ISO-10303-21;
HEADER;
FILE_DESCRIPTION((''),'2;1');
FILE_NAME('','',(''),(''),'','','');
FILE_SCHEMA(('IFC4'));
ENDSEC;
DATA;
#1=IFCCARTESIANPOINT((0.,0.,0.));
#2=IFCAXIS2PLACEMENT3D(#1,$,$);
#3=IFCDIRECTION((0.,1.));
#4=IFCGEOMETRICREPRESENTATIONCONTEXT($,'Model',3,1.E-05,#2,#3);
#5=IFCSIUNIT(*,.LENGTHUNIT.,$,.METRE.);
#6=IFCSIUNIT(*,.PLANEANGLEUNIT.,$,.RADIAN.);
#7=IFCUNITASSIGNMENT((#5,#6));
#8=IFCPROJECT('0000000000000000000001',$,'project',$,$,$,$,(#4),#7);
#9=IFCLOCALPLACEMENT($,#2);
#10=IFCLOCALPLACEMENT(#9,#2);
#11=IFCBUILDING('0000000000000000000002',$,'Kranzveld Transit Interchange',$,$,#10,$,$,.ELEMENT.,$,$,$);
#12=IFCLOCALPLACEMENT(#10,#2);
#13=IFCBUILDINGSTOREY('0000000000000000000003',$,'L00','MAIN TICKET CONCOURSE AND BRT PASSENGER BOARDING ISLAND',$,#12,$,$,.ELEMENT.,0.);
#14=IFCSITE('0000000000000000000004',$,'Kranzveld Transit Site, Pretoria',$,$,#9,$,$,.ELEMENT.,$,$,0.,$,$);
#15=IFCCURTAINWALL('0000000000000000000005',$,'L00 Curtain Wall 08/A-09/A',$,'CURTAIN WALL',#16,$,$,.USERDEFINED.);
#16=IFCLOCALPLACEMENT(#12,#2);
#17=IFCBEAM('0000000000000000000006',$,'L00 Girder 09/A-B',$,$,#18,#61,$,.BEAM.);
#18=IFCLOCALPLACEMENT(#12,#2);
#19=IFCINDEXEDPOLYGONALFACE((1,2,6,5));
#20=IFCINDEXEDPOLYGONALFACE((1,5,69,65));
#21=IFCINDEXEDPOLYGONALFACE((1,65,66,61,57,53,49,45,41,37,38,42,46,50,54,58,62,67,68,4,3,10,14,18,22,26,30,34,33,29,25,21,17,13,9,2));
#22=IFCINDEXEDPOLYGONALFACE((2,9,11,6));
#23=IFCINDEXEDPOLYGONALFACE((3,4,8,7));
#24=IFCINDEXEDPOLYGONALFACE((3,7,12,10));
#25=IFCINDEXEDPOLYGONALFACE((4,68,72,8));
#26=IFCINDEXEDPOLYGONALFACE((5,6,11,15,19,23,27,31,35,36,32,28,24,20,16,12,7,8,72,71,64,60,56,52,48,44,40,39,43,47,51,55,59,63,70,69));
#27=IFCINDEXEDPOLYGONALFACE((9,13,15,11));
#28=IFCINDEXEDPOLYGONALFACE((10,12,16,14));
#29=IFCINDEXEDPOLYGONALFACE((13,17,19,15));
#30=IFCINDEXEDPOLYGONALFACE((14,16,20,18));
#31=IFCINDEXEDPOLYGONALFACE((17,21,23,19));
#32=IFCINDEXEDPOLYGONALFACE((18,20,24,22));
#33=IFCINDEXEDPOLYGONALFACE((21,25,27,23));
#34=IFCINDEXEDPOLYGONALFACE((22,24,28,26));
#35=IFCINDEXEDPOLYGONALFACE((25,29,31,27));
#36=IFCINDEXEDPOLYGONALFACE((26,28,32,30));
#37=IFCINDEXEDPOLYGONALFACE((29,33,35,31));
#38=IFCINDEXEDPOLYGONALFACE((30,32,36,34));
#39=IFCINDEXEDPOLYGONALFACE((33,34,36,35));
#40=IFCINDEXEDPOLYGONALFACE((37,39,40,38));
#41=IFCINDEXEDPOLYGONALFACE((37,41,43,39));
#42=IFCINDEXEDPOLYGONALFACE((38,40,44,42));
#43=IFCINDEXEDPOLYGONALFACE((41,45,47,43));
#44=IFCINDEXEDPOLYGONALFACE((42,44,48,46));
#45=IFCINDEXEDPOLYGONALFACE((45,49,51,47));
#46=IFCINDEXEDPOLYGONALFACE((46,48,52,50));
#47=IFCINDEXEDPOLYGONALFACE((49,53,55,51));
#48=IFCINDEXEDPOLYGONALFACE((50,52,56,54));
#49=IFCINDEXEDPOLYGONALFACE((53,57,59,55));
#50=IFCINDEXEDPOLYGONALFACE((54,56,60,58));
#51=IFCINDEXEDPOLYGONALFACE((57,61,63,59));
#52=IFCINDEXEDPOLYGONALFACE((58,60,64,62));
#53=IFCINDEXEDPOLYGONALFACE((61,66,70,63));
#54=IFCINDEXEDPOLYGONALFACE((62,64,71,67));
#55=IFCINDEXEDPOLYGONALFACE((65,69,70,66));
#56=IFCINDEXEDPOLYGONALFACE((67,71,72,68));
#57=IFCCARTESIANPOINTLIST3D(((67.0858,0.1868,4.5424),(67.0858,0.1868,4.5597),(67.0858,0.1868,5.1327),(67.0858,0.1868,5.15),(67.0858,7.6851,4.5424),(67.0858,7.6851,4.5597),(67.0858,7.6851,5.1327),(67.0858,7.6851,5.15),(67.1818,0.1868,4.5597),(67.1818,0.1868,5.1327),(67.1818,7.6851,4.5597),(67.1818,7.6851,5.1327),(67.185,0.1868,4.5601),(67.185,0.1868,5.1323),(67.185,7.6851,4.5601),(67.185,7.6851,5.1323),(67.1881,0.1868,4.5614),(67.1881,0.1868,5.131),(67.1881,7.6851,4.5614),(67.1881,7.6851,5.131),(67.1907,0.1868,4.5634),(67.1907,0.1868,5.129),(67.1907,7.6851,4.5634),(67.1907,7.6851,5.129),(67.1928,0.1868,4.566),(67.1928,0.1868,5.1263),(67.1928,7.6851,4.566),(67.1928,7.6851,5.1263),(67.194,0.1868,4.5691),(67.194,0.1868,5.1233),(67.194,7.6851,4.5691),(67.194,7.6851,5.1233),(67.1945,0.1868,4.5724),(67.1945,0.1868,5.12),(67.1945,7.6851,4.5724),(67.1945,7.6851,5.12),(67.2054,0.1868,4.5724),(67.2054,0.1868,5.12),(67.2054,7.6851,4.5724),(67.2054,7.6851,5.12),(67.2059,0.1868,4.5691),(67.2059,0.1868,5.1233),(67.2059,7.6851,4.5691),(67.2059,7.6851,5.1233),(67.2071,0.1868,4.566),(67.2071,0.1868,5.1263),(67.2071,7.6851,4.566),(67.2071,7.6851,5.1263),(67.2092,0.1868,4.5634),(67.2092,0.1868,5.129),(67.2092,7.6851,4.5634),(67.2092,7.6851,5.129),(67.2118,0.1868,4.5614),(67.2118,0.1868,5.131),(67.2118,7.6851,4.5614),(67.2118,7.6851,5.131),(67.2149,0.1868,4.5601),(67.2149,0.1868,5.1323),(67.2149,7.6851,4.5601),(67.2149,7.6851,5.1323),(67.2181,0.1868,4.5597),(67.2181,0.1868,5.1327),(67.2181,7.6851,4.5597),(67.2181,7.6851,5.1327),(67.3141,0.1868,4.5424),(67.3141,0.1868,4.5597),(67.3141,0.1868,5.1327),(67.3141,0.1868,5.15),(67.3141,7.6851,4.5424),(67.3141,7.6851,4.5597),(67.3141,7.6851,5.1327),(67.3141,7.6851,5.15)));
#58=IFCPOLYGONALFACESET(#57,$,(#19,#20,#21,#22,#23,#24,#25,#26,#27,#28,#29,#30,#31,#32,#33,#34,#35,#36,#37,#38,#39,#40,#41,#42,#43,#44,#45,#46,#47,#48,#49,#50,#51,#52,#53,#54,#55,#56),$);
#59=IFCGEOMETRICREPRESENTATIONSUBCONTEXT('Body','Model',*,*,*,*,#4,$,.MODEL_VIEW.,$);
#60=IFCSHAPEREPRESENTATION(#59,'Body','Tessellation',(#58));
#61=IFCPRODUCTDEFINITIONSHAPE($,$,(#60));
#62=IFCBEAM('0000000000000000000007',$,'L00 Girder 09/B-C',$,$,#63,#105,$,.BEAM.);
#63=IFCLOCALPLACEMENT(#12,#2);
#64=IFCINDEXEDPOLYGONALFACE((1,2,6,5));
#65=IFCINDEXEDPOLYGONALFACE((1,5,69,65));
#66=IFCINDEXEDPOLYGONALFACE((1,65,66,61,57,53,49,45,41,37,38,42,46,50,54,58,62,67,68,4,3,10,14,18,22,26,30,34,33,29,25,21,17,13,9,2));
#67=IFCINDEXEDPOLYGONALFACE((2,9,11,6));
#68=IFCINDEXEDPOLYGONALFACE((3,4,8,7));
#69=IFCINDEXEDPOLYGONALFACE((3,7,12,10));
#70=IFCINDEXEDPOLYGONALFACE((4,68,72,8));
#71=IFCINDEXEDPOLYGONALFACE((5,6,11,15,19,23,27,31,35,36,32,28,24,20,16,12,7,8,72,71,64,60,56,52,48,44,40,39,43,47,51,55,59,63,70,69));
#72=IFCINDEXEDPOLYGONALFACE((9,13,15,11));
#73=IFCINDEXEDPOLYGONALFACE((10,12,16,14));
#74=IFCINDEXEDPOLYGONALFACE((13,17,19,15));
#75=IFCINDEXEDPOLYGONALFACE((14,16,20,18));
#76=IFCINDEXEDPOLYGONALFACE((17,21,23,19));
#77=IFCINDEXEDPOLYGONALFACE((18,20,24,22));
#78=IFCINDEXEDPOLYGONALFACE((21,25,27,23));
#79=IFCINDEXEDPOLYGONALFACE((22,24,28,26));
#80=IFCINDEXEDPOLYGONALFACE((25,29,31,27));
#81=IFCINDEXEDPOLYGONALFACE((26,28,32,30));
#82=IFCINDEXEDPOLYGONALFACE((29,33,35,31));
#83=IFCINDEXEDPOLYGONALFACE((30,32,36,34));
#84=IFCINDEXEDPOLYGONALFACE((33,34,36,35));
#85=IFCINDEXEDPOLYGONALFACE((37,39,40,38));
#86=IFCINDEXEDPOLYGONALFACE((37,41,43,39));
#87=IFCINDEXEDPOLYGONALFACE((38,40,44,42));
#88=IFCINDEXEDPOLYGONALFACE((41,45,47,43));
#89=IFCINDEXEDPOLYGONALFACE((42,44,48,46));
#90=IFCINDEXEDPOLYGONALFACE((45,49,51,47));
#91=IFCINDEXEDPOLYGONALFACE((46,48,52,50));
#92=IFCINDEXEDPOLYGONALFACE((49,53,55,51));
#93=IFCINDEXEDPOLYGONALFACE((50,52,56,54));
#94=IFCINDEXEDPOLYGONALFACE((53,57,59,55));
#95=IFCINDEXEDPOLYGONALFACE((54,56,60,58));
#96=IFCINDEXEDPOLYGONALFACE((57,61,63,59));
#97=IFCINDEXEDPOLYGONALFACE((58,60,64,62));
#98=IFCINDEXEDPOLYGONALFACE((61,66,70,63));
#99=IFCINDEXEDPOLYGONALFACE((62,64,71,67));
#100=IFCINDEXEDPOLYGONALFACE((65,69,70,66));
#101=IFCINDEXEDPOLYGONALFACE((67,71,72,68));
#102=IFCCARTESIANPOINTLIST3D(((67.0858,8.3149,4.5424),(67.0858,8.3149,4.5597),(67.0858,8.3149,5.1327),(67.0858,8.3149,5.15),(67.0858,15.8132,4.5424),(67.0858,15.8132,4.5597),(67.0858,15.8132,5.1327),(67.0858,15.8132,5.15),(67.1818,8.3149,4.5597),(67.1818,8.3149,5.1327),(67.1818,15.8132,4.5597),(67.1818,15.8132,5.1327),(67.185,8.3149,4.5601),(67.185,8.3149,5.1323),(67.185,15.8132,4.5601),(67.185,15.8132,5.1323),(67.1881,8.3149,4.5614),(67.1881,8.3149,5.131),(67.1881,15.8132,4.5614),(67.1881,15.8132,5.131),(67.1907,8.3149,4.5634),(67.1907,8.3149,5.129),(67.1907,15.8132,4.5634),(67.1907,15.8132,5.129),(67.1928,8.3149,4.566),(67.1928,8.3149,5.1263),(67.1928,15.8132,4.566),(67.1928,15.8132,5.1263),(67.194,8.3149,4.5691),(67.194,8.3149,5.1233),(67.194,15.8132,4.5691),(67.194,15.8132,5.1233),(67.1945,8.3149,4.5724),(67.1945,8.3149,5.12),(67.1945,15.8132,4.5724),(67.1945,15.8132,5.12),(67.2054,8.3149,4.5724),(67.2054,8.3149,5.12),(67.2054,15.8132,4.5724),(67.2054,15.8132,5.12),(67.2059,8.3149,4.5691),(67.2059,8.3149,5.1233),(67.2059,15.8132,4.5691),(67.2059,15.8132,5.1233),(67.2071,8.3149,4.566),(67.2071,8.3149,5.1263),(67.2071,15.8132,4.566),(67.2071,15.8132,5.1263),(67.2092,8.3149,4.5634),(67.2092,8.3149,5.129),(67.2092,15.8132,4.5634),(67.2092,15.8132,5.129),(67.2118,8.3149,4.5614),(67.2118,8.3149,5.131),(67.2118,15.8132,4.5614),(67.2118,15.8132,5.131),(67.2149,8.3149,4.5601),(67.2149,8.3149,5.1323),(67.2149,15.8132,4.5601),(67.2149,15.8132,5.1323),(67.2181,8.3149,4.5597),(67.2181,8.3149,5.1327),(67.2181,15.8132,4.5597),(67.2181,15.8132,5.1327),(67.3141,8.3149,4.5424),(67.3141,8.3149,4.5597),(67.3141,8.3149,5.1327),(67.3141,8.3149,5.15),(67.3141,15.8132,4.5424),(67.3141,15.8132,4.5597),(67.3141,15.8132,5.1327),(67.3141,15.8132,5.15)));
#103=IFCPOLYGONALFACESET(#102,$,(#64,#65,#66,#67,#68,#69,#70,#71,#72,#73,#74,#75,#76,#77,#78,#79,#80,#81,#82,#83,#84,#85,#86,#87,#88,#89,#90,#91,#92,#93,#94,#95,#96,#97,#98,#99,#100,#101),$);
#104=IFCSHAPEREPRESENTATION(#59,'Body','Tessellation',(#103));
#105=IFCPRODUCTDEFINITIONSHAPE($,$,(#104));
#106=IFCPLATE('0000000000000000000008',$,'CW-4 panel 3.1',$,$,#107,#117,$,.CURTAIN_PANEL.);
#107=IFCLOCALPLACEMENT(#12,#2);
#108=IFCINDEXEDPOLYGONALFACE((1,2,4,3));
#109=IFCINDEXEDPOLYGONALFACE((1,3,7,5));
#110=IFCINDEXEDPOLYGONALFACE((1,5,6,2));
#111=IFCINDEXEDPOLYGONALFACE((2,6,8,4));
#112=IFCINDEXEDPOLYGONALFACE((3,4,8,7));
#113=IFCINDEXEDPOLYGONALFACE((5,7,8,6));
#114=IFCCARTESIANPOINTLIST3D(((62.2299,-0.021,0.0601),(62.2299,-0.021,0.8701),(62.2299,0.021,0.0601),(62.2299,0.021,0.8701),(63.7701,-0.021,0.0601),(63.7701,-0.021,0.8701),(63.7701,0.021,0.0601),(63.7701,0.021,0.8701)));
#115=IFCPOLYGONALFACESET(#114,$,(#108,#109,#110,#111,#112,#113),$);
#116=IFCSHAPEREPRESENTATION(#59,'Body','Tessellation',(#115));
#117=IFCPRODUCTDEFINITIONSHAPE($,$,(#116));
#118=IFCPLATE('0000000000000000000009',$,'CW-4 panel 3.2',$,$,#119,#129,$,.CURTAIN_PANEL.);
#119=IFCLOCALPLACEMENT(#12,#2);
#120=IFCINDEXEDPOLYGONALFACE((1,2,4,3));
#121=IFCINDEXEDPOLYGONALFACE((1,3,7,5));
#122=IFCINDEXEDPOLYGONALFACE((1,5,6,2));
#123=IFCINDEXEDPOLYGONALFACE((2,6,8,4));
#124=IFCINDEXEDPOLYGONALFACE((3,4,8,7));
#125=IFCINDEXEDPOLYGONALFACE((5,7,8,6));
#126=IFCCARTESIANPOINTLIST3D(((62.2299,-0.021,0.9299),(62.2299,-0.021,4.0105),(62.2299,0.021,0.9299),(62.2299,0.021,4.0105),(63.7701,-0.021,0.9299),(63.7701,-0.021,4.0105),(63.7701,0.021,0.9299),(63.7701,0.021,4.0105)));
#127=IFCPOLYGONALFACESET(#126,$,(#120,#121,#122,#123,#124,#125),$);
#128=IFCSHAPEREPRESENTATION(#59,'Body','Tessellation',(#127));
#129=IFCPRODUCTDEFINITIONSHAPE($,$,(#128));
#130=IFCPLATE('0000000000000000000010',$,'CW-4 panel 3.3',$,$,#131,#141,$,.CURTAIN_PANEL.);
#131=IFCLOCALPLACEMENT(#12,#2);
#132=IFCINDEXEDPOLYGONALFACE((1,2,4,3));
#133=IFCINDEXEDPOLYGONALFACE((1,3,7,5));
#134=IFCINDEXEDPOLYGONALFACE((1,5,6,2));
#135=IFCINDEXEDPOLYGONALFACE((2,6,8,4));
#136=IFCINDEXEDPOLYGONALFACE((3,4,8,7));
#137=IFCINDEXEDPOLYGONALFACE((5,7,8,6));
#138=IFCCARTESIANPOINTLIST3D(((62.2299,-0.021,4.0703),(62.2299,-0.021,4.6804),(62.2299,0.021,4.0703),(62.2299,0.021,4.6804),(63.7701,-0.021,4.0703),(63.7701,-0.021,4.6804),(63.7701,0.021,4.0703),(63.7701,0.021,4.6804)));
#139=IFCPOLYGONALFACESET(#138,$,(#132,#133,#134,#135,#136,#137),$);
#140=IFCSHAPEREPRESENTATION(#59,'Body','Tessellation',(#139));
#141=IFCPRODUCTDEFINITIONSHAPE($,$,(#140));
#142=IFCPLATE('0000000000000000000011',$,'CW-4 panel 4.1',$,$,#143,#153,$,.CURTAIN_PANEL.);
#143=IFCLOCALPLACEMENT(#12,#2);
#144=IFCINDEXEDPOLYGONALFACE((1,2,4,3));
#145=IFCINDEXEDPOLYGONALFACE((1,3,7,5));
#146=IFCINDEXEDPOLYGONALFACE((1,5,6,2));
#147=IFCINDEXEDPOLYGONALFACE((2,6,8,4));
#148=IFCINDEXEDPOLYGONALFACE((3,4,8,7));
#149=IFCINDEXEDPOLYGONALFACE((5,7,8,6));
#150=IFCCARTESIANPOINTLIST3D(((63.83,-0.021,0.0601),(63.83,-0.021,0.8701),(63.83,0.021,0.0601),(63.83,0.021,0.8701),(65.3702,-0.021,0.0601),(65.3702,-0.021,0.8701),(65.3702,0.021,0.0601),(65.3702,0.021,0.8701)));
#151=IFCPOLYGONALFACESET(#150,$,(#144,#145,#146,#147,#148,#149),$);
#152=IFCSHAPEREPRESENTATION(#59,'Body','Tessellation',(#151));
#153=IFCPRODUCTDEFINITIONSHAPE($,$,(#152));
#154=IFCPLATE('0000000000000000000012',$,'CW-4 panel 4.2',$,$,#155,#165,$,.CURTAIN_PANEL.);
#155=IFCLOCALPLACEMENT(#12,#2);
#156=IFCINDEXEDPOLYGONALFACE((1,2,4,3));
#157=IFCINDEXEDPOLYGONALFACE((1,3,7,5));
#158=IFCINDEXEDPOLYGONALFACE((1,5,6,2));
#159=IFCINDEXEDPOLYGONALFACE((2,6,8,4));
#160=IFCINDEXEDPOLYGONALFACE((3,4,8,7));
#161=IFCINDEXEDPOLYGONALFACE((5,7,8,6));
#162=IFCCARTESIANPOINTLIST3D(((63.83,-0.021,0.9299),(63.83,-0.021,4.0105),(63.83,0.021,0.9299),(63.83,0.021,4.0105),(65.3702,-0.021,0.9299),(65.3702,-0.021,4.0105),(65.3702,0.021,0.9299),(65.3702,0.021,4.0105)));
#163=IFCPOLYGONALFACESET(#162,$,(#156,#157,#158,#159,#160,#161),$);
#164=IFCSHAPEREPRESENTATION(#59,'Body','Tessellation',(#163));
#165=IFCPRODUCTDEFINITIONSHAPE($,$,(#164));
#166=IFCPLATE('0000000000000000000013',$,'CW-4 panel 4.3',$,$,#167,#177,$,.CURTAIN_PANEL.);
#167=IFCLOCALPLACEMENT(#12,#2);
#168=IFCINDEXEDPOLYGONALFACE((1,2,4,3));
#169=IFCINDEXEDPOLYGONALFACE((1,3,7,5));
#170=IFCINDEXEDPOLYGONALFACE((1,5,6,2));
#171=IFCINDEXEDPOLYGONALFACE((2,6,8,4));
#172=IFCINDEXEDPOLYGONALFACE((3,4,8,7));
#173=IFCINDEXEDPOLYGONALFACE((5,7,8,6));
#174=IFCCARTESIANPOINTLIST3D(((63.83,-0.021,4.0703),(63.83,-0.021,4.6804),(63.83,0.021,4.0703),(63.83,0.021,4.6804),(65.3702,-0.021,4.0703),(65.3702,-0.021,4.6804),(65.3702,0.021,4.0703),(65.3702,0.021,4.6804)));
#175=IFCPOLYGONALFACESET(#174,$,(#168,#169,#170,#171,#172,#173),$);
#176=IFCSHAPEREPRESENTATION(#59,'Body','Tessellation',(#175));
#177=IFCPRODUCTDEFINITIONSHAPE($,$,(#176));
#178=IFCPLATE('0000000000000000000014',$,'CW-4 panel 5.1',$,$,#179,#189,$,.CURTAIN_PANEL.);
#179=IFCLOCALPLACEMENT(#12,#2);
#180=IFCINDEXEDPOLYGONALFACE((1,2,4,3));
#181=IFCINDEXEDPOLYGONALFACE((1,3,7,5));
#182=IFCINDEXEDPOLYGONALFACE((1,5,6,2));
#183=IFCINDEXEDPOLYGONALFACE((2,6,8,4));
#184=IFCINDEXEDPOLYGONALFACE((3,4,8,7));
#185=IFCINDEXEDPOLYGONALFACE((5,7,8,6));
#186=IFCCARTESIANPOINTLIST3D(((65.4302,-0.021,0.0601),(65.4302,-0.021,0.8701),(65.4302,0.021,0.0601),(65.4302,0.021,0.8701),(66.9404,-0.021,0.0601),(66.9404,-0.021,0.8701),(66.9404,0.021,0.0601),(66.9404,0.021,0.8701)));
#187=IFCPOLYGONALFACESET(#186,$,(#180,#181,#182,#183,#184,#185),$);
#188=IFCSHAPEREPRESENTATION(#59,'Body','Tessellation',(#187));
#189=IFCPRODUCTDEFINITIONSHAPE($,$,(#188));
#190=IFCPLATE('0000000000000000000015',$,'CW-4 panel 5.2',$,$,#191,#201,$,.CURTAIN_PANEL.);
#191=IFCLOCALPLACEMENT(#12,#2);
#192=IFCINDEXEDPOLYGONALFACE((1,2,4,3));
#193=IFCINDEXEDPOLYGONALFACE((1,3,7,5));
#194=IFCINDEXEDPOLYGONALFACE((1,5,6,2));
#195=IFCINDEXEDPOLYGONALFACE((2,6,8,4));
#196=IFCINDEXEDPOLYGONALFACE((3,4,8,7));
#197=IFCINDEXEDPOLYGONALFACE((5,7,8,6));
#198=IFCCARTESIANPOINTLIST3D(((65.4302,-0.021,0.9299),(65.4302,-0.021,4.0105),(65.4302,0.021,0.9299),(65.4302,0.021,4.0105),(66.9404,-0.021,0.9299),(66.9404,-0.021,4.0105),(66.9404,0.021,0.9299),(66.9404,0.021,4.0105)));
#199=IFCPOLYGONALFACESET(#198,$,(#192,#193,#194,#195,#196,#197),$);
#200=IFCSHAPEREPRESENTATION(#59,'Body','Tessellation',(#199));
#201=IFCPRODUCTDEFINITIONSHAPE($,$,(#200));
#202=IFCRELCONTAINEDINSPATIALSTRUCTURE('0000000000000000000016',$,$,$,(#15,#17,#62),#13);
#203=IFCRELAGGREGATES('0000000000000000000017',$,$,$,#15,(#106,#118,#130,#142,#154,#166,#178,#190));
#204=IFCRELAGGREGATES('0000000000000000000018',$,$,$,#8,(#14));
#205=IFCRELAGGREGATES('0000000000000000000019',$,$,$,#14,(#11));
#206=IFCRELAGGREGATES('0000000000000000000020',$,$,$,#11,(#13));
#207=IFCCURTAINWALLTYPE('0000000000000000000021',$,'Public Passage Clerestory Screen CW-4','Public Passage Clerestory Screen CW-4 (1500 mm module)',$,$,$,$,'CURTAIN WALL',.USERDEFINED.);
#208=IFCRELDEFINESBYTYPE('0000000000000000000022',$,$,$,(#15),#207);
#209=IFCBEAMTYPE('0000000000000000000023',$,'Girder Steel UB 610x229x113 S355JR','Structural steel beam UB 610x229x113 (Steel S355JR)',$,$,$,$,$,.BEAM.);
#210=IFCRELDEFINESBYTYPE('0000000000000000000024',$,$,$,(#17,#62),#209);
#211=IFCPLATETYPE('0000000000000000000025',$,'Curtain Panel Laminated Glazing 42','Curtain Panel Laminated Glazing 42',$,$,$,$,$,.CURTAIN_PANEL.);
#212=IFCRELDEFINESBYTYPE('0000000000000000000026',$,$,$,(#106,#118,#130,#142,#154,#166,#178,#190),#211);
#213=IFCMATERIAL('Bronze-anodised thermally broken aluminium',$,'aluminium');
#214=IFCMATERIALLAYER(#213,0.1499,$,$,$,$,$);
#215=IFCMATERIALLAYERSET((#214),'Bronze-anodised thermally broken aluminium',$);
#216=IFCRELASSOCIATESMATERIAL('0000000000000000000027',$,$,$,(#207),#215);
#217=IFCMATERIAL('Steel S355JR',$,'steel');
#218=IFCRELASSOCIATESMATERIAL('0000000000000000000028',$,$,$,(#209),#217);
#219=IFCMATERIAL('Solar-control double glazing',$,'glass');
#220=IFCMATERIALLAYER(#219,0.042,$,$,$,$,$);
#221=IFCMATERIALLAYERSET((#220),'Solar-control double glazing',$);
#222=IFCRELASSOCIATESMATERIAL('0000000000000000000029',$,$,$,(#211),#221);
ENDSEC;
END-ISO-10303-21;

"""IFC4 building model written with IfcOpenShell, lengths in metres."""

from ifc_helpers import new_model, si_unit, direction, frame, origin, origin_2d, place, context, subcontext, project, spatial, rectangle, i_section, extrude, material, layer, layer_set, material_profile, profile_set, type_object, element, aggregate, save


model = new_model("IFC4")

# Units and contexts
model_context = context("Model", 3, precision=1e-05, world=origin(), true_north=direction((0.0, 1.0)))
body_context = subcontext(model_context, "Body", "Model", "MODEL_VIEW")
ifc_project = project(units=[si_unit("LENGTHUNIT", "METRE"), si_unit("PLANEANGLEUNIT", "RADIAN")], contexts=[model_context])

# Site, building, storey
site_placement = place(None, origin())
site = spatial("IfcSite", under=ifc_project, at=site_placement, Name="Kranzveld Transit Site, Pretoria", CompositionType="ELEMENT", RefElevation=0.0)
building_placement = place(site_placement, origin())
building = spatial("IfcBuilding", under=site, at=building_placement, Name="Kranzveld Transit Interchange", CompositionType="ELEMENT")
storey_placement = place(building_placement, origin())
storey = spatial("IfcBuildingStorey", under=building, at=storey_placement, Name="L00", Description="MAIN TICKET CONCOURSE AND BRT PASSENGER BOARDING ISLAND", CompositionType="ELEMENT", Elevation=0.0)

# Curtain wall
ifc_material_1 = material(Name="Bronze-anodised thermally broken aluminium", Category="aluminium")
ifc_layer_1 = layer(ifc_material_1, 0.1499)
ifc_layer_set_1 = layer_set([ifc_layer_1], Name="Bronze-anodised thermally broken aluminium")
curtain_wall_type = type_object("IfcCurtainWallType", Name="Public Passage Clerestory Screen CW-4", Description="Public Passage Clerestory Screen CW-4 (1500 mm module)", ElementType="CURTAIN WALL", PredefinedType="USERDEFINED", material=ifc_layer_set_1)
curtain_wall_placement = place(storey_placement, origin())
curtain_wall = element("IfcCurtainWall", 1, at=curtain_wall_placement, inside=storey, type_object=curtain_wall_type, Name="L00 Curtain Wall 08/A-09/A", ObjectType="CURTAIN WALL", PredefinedType="USERDEFINED")

# Beams
ifc_material_2 = material(Name="Steel S355JR", Category="steel")
ifc_material_profile_1 = material_profile(ifc_material_2, i_section(OverallWidth=0.2283, OverallDepth=0.6077, WebThickness=0.011, FlangeThickness=0.0173, FilletRadius=0.0127, at=origin_2d()), Name="UB 610x229x113")
ifc_profile_set_1 = profile_set([ifc_material_profile_1], Name="Steel S355JR")
beam_type_1 = type_object("IfcBeamType", Name="Girder Steel UB 610x229x113 S355JR", Description="Structural steel beam UB 610x229x113 (Steel S355JR)", PredefinedType="BEAM", material=ifc_profile_set_1)
for number, where, z_axis, x_axis, name in (
    (2, (67.2, 0.1868, 4.8462), (0.0, 1.0, 0.0), (-1.0, 0.0, 0.0), "L00 Girder 09/A-B"),
    (3, (67.2, 8.3149, 4.8462), (0.0, 1.0, 0.0), (-1.0, 0.0, 0.0), "L00 Girder 09/B-C"),
):
    element("IfcBeam", number, at=place(storey_placement, frame(where, z_axis=z_axis, x_axis=x_axis)), inside=storey, type_object=beam_type_1, Name=name, PredefinedType="BEAM", context=body_context, shape_type="SweptSolid", body=[
        extrude(i_section(OverallWidth=0.2283, OverallDepth=0.6077, WebThickness=0.011, FlangeThickness=0.0173, FilletRadius=0.0127, at=origin_2d()), origin(), (0.0, 0.0, 1.0), 7.4983),
    ])

# Plates
ifc_material_3 = material(Name="Solar-control double glazing", Category="glass")
ifc_layer_2 = layer(ifc_material_3, 0.042)
ifc_layer_set_2 = layer_set([ifc_layer_2], Name="Solar-control double glazing")
plate_type = type_object("IfcPlateType", Name="Curtain Panel Laminated Glazing 42", Description="Curtain Panel Laminated Glazing 42", PredefinedType="CURTAIN_PANEL", material=ifc_layer_set_2)
plate_1_placement = place(storey_placement, frame((63.0, 0.0, 0.0601), z_axis=(0.0, 0.0, 1.0), x_axis=(1.0, 0.0, 0.0)))
plate_1 = element("IfcPlate", 4, at=plate_1_placement, type_object=plate_type, Name="CW-4 panel 3.1", PredefinedType="CURTAIN_PANEL", context=body_context, shape_type="SweptSolid", body=[
    extrude(rectangle(XDim=1.5403, YDim=0.042, at=origin_2d()), origin(), (0.0, 0.0, 1.0), 0.8101),
])
plate_2_placement = place(storey_placement, frame((63.0, 0.0, 0.9299), z_axis=(0.0, 0.0, 1.0), x_axis=(1.0, 0.0, 0.0)))
plate_2 = element("IfcPlate", 5, at=plate_2_placement, type_object=plate_type, Name="CW-4 panel 3.2", PredefinedType="CURTAIN_PANEL", context=body_context, shape_type="SweptSolid", body=[
    extrude(rectangle(XDim=1.5403, YDim=0.042, at=origin_2d()), origin(), (0.0, 0.0, 1.0), 3.0806),
])
plate_3_placement = place(storey_placement, frame((63.0, 0.0, 4.0703), z_axis=(0.0, 0.0, 1.0), x_axis=(1.0, 0.0, 0.0)))
plate_3 = element("IfcPlate", 6, at=plate_3_placement, type_object=plate_type, Name="CW-4 panel 3.3", PredefinedType="CURTAIN_PANEL", context=body_context, shape_type="SweptSolid", body=[
    extrude(rectangle(XDim=1.5403, YDim=0.042, at=origin_2d()), origin(), (0.0, 0.0, 1.0), 0.6101),
])
plate_4_placement = place(storey_placement, frame((64.6001, 0.0, 0.0601), z_axis=(0.0, 0.0, 1.0), x_axis=(1.0, 0.0, 0.0)))
plate_4 = element("IfcPlate", 7, at=plate_4_placement, type_object=plate_type, Name="CW-4 panel 4.1", PredefinedType="CURTAIN_PANEL", context=body_context, shape_type="SweptSolid", body=[
    extrude(rectangle(XDim=1.5403, YDim=0.042, at=origin_2d()), origin(), (0.0, 0.0, 1.0), 0.8101),
])
plate_5_placement = place(storey_placement, frame((64.6001, 0.0, 0.9299), z_axis=(0.0, 0.0, 1.0), x_axis=(1.0, 0.0, 0.0)))
plate_5 = element("IfcPlate", 8, at=plate_5_placement, type_object=plate_type, Name="CW-4 panel 4.2", PredefinedType="CURTAIN_PANEL", context=body_context, shape_type="SweptSolid", body=[
    extrude(rectangle(XDim=1.5403, YDim=0.042, at=origin_2d()), origin(), (0.0, 0.0, 1.0), 3.0806),
])
plate_6_placement = place(storey_placement, frame((64.6001, 0.0, 4.0703), z_axis=(0.0, 0.0, 1.0), x_axis=(1.0, 0.0, 0.0)))
plate_6 = element("IfcPlate", 9, at=plate_6_placement, type_object=plate_type, Name="CW-4 panel 4.3", PredefinedType="CURTAIN_PANEL", context=body_context, shape_type="SweptSolid", body=[
    extrude(rectangle(XDim=1.5403, YDim=0.042, at=origin_2d()), origin(), (0.0, 0.0, 1.0), 0.6101),
])
plate_7_placement = place(storey_placement, frame((66.1853, 0.0, 0.0601), z_axis=(0.0, 0.0, 1.0), x_axis=(1.0, 0.0, 0.0)))
plate_7 = element("IfcPlate", 10, at=plate_7_placement, type_object=plate_type, Name="CW-4 panel 5.1", PredefinedType="CURTAIN_PANEL", context=body_context, shape_type="SweptSolid", body=[
    extrude(rectangle(XDim=1.5103, YDim=0.042, at=origin_2d()), origin(), (0.0, 0.0, 1.0), 0.8101),
])
plate_8_placement = place(storey_placement, frame((66.1853, 0.0, 0.9299), z_axis=(0.0, 0.0, 1.0), x_axis=(1.0, 0.0, 0.0)))
plate_8 = element("IfcPlate", 11, at=plate_8_placement, type_object=plate_type, Name="CW-4 panel 5.2", PredefinedType="CURTAIN_PANEL", context=body_context, shape_type="SweptSolid", body=[
    extrude(rectangle(XDim=1.5103, YDim=0.042, at=origin_2d()), origin(), (0.0, 0.0, 1.0), 3.0806),
])
aggregate(curtain_wall, [plate_1, plate_2, plate_3, plate_4, plate_5, plate_6, plate_7, plate_8])

save(model, "model.ifc")
